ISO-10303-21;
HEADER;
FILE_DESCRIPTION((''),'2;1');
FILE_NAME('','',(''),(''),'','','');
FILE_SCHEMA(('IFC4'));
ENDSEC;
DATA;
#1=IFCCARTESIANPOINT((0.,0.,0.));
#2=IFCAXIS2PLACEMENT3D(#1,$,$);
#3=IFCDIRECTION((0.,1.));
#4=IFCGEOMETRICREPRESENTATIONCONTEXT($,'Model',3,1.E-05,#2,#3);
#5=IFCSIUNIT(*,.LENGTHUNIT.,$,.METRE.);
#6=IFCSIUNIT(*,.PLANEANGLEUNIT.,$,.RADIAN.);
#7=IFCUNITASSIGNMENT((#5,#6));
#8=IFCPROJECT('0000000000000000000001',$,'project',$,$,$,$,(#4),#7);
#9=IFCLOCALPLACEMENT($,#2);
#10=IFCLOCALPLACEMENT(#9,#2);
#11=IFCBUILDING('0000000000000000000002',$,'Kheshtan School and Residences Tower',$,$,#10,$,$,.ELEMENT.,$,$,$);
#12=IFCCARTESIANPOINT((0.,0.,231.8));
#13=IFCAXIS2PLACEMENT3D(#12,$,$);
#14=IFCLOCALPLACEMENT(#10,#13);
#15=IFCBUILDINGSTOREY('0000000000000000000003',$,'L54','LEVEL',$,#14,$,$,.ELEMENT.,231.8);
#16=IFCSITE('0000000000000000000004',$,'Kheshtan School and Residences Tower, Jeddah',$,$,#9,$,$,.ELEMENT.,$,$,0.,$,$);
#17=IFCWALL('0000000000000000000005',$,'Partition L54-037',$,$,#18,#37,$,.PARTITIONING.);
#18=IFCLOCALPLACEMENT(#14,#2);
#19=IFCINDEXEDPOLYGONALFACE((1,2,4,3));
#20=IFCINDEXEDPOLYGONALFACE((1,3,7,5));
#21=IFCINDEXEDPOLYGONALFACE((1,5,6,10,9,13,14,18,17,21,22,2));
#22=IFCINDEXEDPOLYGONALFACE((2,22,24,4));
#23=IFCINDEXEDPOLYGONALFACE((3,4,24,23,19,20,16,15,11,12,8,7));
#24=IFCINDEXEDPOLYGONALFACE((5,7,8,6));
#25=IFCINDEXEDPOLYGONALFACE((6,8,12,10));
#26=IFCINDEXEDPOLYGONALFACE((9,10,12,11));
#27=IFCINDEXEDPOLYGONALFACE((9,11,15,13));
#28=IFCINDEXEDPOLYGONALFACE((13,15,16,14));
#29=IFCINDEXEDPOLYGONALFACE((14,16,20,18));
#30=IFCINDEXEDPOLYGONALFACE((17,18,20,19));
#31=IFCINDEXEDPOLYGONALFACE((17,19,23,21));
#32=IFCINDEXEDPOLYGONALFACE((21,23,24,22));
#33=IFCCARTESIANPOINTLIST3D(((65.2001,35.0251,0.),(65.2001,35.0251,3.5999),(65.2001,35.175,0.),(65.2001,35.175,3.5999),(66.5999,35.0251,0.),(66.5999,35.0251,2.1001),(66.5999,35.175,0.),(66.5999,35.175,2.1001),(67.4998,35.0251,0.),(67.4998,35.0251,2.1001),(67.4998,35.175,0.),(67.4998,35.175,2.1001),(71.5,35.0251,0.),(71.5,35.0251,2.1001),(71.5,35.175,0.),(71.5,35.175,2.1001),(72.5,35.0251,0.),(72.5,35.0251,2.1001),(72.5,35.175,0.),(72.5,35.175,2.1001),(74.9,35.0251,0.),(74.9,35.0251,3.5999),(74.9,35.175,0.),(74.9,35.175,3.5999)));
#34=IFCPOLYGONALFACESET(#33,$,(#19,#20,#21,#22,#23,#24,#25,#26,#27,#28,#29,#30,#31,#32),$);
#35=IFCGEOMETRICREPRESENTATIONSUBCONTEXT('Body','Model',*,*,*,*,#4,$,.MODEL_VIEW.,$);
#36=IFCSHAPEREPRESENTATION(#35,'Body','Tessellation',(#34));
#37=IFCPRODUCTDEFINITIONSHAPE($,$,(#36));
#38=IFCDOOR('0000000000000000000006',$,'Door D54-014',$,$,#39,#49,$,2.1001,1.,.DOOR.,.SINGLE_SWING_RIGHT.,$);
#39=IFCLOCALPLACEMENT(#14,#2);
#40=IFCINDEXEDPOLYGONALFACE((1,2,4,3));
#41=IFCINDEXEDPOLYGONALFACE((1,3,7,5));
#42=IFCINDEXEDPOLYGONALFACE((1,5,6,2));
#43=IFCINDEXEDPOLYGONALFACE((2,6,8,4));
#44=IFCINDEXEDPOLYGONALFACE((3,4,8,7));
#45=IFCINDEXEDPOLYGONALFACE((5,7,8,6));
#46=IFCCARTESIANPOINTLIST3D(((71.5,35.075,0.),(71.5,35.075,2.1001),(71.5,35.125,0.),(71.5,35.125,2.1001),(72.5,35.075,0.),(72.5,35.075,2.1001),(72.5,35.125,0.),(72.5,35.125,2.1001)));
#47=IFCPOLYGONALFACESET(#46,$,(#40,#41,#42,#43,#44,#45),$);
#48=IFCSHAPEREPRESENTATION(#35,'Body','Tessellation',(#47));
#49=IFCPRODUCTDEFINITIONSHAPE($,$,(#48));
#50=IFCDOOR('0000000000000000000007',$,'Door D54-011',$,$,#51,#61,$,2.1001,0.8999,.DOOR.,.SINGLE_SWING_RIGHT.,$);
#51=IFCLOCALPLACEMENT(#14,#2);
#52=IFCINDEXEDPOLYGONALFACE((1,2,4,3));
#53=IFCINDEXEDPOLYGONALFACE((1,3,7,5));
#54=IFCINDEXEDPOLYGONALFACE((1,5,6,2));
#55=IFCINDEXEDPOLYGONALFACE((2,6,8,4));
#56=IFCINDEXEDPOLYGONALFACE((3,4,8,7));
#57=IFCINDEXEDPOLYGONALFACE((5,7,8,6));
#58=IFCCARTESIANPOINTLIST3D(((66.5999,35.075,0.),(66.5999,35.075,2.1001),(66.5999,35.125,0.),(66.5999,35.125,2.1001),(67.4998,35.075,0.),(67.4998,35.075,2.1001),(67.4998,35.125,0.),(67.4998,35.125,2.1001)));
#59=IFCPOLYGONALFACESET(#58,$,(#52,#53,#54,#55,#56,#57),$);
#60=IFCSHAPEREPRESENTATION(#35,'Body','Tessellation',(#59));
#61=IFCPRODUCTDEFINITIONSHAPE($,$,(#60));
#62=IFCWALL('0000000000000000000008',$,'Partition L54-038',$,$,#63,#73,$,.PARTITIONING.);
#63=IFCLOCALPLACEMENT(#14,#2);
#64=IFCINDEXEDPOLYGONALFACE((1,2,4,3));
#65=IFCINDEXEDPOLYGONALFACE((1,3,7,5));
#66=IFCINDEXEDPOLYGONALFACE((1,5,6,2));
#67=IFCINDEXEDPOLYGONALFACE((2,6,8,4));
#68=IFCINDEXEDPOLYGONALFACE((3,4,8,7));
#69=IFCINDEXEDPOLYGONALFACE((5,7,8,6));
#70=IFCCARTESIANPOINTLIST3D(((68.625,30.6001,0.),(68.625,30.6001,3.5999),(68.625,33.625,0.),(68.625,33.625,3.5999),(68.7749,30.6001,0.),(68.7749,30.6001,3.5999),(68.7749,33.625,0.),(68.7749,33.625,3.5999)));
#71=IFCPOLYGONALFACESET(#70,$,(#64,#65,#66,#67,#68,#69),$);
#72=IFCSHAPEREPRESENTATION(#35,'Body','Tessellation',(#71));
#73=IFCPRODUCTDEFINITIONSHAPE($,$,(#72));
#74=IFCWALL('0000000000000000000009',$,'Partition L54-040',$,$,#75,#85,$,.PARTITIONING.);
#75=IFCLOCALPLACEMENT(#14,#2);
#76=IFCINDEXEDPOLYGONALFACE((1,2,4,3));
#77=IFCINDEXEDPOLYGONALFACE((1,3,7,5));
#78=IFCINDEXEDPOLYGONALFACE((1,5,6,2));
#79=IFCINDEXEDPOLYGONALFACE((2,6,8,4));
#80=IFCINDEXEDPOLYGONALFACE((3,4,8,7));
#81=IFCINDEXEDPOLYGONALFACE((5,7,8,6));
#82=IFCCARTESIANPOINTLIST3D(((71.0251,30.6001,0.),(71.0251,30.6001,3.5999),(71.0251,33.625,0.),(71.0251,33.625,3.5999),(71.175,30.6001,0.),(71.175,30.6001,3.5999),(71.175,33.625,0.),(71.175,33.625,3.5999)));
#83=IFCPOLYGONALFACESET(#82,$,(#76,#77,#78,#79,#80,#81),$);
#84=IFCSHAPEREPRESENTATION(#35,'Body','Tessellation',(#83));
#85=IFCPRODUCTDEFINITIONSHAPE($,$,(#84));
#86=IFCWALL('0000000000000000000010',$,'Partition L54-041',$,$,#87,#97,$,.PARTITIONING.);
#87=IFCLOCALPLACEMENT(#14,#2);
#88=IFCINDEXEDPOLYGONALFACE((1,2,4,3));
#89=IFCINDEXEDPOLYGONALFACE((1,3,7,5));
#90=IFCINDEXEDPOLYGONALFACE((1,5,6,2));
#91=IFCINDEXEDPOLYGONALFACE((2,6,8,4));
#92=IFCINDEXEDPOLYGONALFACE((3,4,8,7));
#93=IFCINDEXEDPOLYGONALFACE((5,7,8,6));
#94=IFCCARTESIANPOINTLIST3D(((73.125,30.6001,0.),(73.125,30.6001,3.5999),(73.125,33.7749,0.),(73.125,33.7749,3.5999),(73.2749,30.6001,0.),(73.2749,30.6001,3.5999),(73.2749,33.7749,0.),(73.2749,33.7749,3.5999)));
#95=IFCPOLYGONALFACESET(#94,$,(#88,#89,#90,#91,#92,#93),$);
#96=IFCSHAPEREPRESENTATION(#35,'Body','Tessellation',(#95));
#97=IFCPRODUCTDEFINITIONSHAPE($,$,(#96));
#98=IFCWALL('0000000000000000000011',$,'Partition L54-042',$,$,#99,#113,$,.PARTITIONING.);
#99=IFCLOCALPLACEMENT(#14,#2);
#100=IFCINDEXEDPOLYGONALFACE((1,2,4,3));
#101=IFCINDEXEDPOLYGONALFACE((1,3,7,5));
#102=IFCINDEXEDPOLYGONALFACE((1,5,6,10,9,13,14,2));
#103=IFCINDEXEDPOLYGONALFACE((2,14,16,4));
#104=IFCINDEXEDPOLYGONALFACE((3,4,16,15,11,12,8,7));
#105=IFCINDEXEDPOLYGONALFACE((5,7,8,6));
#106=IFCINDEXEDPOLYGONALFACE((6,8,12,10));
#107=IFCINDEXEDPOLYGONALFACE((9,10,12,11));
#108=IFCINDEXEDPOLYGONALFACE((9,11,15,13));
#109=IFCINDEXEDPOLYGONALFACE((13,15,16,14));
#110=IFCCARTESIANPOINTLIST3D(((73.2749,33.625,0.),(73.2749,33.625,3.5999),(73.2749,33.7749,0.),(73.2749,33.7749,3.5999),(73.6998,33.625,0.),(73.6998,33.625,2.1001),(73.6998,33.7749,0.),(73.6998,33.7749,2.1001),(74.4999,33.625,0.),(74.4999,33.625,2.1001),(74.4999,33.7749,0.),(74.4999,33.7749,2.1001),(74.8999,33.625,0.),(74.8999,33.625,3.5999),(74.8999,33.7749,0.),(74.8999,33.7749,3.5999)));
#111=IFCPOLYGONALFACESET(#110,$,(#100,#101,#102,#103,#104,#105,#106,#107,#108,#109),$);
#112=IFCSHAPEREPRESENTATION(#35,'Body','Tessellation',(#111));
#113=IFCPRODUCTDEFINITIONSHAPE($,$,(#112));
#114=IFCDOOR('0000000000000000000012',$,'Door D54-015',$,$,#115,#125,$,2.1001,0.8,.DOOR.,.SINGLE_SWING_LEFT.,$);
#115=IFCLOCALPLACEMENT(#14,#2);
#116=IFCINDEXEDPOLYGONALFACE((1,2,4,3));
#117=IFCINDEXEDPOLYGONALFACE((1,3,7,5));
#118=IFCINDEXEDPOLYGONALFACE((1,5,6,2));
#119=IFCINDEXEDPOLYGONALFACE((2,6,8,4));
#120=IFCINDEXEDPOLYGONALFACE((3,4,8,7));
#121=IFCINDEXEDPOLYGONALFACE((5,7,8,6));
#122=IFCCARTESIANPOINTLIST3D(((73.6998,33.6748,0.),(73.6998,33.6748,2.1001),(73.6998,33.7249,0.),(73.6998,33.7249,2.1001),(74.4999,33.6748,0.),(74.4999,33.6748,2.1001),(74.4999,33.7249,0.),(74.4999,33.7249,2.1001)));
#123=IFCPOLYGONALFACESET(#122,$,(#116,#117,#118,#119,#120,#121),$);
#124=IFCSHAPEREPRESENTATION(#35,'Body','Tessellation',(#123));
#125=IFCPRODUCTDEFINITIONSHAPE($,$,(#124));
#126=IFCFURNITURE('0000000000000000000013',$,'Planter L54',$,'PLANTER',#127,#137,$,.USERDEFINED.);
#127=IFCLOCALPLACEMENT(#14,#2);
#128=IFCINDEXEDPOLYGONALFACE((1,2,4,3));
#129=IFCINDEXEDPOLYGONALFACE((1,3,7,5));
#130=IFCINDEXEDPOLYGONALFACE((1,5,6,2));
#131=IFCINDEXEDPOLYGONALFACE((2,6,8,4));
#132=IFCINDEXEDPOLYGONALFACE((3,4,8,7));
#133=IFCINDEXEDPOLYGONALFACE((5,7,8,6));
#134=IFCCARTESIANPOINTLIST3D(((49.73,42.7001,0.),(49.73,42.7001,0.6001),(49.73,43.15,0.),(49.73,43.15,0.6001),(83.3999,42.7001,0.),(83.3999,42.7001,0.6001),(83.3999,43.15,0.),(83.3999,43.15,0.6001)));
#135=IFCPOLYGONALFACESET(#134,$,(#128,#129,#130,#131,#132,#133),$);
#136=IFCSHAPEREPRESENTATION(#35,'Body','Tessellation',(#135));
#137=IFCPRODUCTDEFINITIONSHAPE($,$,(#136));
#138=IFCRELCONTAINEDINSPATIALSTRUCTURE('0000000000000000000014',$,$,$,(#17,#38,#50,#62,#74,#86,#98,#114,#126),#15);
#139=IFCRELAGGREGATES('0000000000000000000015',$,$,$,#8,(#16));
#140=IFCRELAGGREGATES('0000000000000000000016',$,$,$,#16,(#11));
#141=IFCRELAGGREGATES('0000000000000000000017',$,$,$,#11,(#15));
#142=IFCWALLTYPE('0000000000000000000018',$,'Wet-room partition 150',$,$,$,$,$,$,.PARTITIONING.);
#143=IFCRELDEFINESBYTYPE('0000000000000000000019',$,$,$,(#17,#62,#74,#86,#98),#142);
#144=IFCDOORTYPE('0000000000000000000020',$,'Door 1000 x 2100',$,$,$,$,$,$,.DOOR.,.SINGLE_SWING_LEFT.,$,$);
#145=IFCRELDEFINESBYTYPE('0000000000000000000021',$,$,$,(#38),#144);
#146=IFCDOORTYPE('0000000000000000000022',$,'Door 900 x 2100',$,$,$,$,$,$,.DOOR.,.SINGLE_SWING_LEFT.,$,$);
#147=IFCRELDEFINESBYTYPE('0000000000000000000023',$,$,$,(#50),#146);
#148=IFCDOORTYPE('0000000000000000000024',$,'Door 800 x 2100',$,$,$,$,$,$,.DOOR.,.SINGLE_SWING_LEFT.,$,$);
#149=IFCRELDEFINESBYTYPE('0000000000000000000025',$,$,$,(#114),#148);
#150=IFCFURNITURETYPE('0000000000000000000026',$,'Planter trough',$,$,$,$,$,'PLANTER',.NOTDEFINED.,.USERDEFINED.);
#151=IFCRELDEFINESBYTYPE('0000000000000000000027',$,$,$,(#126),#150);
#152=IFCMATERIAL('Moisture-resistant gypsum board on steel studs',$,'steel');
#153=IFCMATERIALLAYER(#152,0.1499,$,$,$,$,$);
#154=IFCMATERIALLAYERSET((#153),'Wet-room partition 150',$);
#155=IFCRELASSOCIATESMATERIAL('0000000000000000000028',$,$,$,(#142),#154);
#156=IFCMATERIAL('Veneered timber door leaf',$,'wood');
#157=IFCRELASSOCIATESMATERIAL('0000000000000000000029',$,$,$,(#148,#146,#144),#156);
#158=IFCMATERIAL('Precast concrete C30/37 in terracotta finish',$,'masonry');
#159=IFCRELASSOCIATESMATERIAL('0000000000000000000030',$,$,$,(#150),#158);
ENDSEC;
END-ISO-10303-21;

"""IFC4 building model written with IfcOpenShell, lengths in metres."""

from ifc_helpers import new_model, si_unit, direction, frame, frame_2d, origin, origin_2d, place, context, subcontext, project, spatial, rectangle, extrude, source, transform, mapped, material, layer, layer_set, type_object, element, fill, save


model = new_model("IFC4")

# Units and contexts
model_context = context("Model", 3, precision=1e-05, world=origin(), true_north=direction((0.0, 1.0)))
body_context = subcontext(model_context, "Body", "Model", "MODEL_VIEW")
ifc_project = project(units=[si_unit("LENGTHUNIT", "METRE"), si_unit("PLANEANGLEUNIT", "RADIAN")], contexts=[model_context])

# Site, building, storey
site_placement = place(None, origin())
site = spatial("IfcSite", under=ifc_project, at=site_placement, Name="Kheshtan School and Residences Tower, Jeddah", CompositionType="ELEMENT", RefElevation=0.0)
building_placement = place(site_placement, origin())
building = spatial("IfcBuilding", under=site, at=building_placement, Name="Kheshtan School and Residences Tower", CompositionType="ELEMENT")
storey_placement = place(building_placement, frame((0.0, 0.0, 231.8)))
storey = spatial("IfcBuildingStorey", under=building, at=storey_placement, Name="L54", Description="LEVEL", CompositionType="ELEMENT", Elevation=231.8)

# Wall, openings, doors
ifc_material_1 = material(Name="Moisture-resistant gypsum board on steel studs", Category="steel")
ifc_layer_1 = layer(ifc_material_1, 0.1499)
ifc_layer_set_1 = layer_set([ifc_layer_1], Name="Wet-room partition 150")
wall_type_1 = type_object("IfcWallType", Name="Wet-room partition 150", PredefinedType="PARTITIONING", material=ifc_layer_set_1)
ifc_material_2 = material(Name="Veneered timber door leaf", Category="wood")
door_type_1 = type_object("IfcDoorType", Name="Door 800 x 2100", OperationType="SINGLE_SWING_LEFT", PredefinedType="DOOR", material=ifc_material_2)
shared_shape_1 = source(origin(), body_context, "Body", "SweptSolid", [
    extrude(rectangle(XDim=0.8, YDim=2.1001, at=frame_2d((0.3999, 1.05))), frame((0.0, 0.0249, 0.0), z_axis=(0.0, -1.0, 0.0), x_axis=(1.0, 0.0, 0.0)), (0.0, 0.0, 1.0), 0.05),
])
door_type_2 = type_object("IfcDoorType", Name="Door 900 x 2100", OperationType="SINGLE_SWING_LEFT", PredefinedType="DOOR", material=ifc_material_2)
shared_shape_2 = source(origin(), body_context, "Body", "SweptSolid", [
    extrude(rectangle(XDim=0.8999, YDim=2.1001, at=frame_2d((0.45, 1.05))), frame((0.0, 0.0249, 0.0), z_axis=(0.0, -1.0, 0.0), x_axis=(1.0, 0.0, 0.0)), (0.0, 0.0, 1.0), 0.05),
])
wall_1_placement = place(storey_placement, frame((65.2, 35.1001, 0.0), z_axis=(0.0, 0.0, 1.0), x_axis=(1.0, 0.0, 0.0)))
wall_1 = element("IfcWall", 1, at=wall_1_placement, inside=storey, type_object=wall_type_1, Name="Partition L54-037", PredefinedType="PARTITIONING", context=body_context, shape_type="SweptSolid", body=[
    extrude(rectangle(XDim=9.7, YDim=0.1499, at=frame_2d((4.8501, 0.0))), origin(), (0.0, 0.0, 1.0), 3.5999),
])
opening_1_placement = place(wall_1_placement, frame((1.3999, 0.0, 0.0)))
opening_1 = element("IfcOpeningElement", 2, at=opening_1_placement, cuts=wall_1, PredefinedType="OPENING", context=body_context, shape_type="SweptSolid", body=[
    extrude(rectangle(XDim=0.8999, YDim=2.1001, at=frame_2d((0.45, 1.05))), frame((0.0, 0.085, 0.0), z_axis=(0.0, -1.0, 0.0), x_axis=(1.0, 0.0, 0.0)), (0.0, 0.0, 1.0), 0.1699),
])
opening_2_placement = place(wall_1_placement, frame((6.3, 0.0, 0.0)))
opening_2 = element("IfcOpeningElement", 3, at=opening_2_placement, cuts=wall_1, PredefinedType="OPENING", context=body_context, shape_type="SweptSolid", body=[
    extrude(rectangle(XDim=1.0, YDim=2.1001, at=frame_2d((0.5, 1.05))), frame((0.0, 0.085, 0.0), z_axis=(0.0, -1.0, 0.0), x_axis=(1.0, 0.0, 0.0)), (0.0, 0.0, 1.0), 0.1699),
])
door_type_3 = type_object("IfcDoorType", Name="Door 1000 x 2100", OperationType="SINGLE_SWING_LEFT", PredefinedType="DOOR", material=ifc_material_2)
shared_shape_3 = source(origin(), body_context, "Body", "SweptSolid", [
    extrude(rectangle(XDim=1.0, YDim=2.1001, at=frame_2d((0.5, 1.05))), frame((0.0, 0.0249, 0.0), z_axis=(0.0, -1.0, 0.0), x_axis=(1.0, 0.0, 0.0)), (0.0, 0.0, 1.0), 0.05),
])
door_1_placement = place(opening_2_placement, origin())
door_1 = element("IfcDoor", 4, at=door_1_placement, inside=storey, type_object=door_type_3, Name="Door D54-014", OperationType="SINGLE_SWING_RIGHT", OverallHeight=2.1001, OverallWidth=1.0, PredefinedType="DOOR", context=body_context, shape_type="MappedRepresentation", body=[
    mapped(shared_shape_3, transform((0.0, 0.0, 0.0), x_axis=(1.0, 0.0, 0.0), y_axis=(0.0, 1.0, 0.0), z_axis=(0.0, 0.0, 1.0), scale=1.0)),
])
fill(opening_2, door_1)
door_2_placement = place(opening_1_placement, origin())
door_2 = element("IfcDoor", 5, at=door_2_placement, inside=storey, type_object=door_type_2, Name="Door D54-011", OperationType="SINGLE_SWING_RIGHT", OverallHeight=2.1001, OverallWidth=0.8999, PredefinedType="DOOR", context=body_context, shape_type="MappedRepresentation", body=[
    mapped(shared_shape_2, transform((0.0, 0.0, 0.0), x_axis=(1.0, 0.0, 0.0), y_axis=(0.0, 1.0, 0.0), z_axis=(0.0, 0.0, 1.0), scale=1.0)),
])
fill(opening_1, door_2)

# Walls
for number, where, z_axis, x_axis, name in (
    (6, (68.7, 30.6001, 0.0), (0.0, 0.0, 1.0), (0.0, 1.0, 0.0), "Partition L54-038"),
    (7, (71.1001, 30.6001, 0.0), (0.0, 0.0, 1.0), (0.0, 1.0, 0.0), "Partition L54-040"),
):
    element("IfcWall", number, at=place(storey_placement, frame(where, z_axis=z_axis, x_axis=x_axis)), inside=storey, type_object=wall_type_1, Name=name, PredefinedType="PARTITIONING", context=body_context, shape_type="SweptSolid", body=[
        extrude(rectangle(XDim=3.0249, YDim=0.1499, at=frame_2d((1.5125, 0.0))), origin(), (0.0, 0.0, 1.0), 3.5999),
    ])
wall_2_placement = place(storey_placement, frame((73.2, 30.6001, 0.0), z_axis=(0.0, 0.0, 1.0), x_axis=(0.0, 1.0, 0.0)))
element("IfcWall", 8, at=wall_2_placement, inside=storey, type_object=wall_type_1, Name="Partition L54-041", PredefinedType="PARTITIONING", context=body_context, shape_type="SweptSolid", body=[
    extrude(rectangle(XDim=3.1748, YDim=0.1499, at=frame_2d((1.5874, 0.0))), origin(), (0.0, 0.0, 1.0), 3.5999),
])

# Wall, opening, door
wall_3_placement = place(storey_placement, frame((73.2749, 33.7, 0.0), z_axis=(0.0, 0.0, 1.0), x_axis=(1.0, 0.0, 0.0)))
wall_3 = element("IfcWall", 9, at=wall_3_placement, inside=storey, type_object=wall_type_1, Name="Partition L54-042", PredefinedType="PARTITIONING", context=body_context, shape_type="SweptSolid", body=[
    extrude(rectangle(XDim=1.625, YDim=0.1499, at=frame_2d((0.8125, 0.0))), origin(), (0.0, 0.0, 1.0), 3.5999),
])
opening_3_placement = place(wall_3_placement, frame((0.425, 0.0, 0.0)))
opening_3 = element("IfcOpeningElement", 10, at=opening_3_placement, cuts=wall_3, PredefinedType="OPENING", context=body_context, shape_type="SweptSolid", body=[
    extrude(rectangle(XDim=0.8, YDim=2.1001, at=frame_2d((0.3999, 1.05))), frame((0.0, 0.085, 0.0), z_axis=(0.0, -1.0, 0.0), x_axis=(1.0, 0.0, 0.0)), (0.0, 0.0, 1.0), 0.1699),
])
door_3_placement = place(opening_3_placement, origin())
door_3 = element("IfcDoor", 11, at=door_3_placement, inside=storey, type_object=door_type_1, Name="Door D54-015", OperationType="SINGLE_SWING_LEFT", OverallHeight=2.1001, OverallWidth=0.8, PredefinedType="DOOR", context=body_context, shape_type="MappedRepresentation", body=[
    mapped(shared_shape_1, transform((0.0, 0.0, 0.0), x_axis=(1.0, 0.0, 0.0), y_axis=(0.0, 1.0, 0.0), z_axis=(0.0, 0.0, 1.0), scale=1.0)),
])
fill(opening_3, door_3)

# Furniture
ifc_material_3 = material(Name="Precast concrete C30/37 in terracotta finish", Category="masonry")
furniture_type = type_object("IfcFurnitureType", Name="Planter trough", ElementType="PLANTER", AssemblyPlace="NOTDEFINED", PredefinedType="USERDEFINED", material=ifc_material_3)
furniture_placement = place(storey_placement, frame((66.5649, 42.925, 0.0), z_axis=(0.0, 0.0, 1.0), x_axis=(1.0, 0.0, 0.0)))
element("IfcFurniture", 12, at=furniture_placement, inside=storey, type_object=furniture_type, Name="Planter L54", ObjectType="PLANTER", PredefinedType="USERDEFINED", context=body_context, shape_type="SweptSolid", body=[
    extrude(rectangle(XDim=33.6699, YDim=0.45, at=origin_2d()), origin(), (0.0, 0.0, 1.0), 0.6001),
])

save(model, "model.ifc")
